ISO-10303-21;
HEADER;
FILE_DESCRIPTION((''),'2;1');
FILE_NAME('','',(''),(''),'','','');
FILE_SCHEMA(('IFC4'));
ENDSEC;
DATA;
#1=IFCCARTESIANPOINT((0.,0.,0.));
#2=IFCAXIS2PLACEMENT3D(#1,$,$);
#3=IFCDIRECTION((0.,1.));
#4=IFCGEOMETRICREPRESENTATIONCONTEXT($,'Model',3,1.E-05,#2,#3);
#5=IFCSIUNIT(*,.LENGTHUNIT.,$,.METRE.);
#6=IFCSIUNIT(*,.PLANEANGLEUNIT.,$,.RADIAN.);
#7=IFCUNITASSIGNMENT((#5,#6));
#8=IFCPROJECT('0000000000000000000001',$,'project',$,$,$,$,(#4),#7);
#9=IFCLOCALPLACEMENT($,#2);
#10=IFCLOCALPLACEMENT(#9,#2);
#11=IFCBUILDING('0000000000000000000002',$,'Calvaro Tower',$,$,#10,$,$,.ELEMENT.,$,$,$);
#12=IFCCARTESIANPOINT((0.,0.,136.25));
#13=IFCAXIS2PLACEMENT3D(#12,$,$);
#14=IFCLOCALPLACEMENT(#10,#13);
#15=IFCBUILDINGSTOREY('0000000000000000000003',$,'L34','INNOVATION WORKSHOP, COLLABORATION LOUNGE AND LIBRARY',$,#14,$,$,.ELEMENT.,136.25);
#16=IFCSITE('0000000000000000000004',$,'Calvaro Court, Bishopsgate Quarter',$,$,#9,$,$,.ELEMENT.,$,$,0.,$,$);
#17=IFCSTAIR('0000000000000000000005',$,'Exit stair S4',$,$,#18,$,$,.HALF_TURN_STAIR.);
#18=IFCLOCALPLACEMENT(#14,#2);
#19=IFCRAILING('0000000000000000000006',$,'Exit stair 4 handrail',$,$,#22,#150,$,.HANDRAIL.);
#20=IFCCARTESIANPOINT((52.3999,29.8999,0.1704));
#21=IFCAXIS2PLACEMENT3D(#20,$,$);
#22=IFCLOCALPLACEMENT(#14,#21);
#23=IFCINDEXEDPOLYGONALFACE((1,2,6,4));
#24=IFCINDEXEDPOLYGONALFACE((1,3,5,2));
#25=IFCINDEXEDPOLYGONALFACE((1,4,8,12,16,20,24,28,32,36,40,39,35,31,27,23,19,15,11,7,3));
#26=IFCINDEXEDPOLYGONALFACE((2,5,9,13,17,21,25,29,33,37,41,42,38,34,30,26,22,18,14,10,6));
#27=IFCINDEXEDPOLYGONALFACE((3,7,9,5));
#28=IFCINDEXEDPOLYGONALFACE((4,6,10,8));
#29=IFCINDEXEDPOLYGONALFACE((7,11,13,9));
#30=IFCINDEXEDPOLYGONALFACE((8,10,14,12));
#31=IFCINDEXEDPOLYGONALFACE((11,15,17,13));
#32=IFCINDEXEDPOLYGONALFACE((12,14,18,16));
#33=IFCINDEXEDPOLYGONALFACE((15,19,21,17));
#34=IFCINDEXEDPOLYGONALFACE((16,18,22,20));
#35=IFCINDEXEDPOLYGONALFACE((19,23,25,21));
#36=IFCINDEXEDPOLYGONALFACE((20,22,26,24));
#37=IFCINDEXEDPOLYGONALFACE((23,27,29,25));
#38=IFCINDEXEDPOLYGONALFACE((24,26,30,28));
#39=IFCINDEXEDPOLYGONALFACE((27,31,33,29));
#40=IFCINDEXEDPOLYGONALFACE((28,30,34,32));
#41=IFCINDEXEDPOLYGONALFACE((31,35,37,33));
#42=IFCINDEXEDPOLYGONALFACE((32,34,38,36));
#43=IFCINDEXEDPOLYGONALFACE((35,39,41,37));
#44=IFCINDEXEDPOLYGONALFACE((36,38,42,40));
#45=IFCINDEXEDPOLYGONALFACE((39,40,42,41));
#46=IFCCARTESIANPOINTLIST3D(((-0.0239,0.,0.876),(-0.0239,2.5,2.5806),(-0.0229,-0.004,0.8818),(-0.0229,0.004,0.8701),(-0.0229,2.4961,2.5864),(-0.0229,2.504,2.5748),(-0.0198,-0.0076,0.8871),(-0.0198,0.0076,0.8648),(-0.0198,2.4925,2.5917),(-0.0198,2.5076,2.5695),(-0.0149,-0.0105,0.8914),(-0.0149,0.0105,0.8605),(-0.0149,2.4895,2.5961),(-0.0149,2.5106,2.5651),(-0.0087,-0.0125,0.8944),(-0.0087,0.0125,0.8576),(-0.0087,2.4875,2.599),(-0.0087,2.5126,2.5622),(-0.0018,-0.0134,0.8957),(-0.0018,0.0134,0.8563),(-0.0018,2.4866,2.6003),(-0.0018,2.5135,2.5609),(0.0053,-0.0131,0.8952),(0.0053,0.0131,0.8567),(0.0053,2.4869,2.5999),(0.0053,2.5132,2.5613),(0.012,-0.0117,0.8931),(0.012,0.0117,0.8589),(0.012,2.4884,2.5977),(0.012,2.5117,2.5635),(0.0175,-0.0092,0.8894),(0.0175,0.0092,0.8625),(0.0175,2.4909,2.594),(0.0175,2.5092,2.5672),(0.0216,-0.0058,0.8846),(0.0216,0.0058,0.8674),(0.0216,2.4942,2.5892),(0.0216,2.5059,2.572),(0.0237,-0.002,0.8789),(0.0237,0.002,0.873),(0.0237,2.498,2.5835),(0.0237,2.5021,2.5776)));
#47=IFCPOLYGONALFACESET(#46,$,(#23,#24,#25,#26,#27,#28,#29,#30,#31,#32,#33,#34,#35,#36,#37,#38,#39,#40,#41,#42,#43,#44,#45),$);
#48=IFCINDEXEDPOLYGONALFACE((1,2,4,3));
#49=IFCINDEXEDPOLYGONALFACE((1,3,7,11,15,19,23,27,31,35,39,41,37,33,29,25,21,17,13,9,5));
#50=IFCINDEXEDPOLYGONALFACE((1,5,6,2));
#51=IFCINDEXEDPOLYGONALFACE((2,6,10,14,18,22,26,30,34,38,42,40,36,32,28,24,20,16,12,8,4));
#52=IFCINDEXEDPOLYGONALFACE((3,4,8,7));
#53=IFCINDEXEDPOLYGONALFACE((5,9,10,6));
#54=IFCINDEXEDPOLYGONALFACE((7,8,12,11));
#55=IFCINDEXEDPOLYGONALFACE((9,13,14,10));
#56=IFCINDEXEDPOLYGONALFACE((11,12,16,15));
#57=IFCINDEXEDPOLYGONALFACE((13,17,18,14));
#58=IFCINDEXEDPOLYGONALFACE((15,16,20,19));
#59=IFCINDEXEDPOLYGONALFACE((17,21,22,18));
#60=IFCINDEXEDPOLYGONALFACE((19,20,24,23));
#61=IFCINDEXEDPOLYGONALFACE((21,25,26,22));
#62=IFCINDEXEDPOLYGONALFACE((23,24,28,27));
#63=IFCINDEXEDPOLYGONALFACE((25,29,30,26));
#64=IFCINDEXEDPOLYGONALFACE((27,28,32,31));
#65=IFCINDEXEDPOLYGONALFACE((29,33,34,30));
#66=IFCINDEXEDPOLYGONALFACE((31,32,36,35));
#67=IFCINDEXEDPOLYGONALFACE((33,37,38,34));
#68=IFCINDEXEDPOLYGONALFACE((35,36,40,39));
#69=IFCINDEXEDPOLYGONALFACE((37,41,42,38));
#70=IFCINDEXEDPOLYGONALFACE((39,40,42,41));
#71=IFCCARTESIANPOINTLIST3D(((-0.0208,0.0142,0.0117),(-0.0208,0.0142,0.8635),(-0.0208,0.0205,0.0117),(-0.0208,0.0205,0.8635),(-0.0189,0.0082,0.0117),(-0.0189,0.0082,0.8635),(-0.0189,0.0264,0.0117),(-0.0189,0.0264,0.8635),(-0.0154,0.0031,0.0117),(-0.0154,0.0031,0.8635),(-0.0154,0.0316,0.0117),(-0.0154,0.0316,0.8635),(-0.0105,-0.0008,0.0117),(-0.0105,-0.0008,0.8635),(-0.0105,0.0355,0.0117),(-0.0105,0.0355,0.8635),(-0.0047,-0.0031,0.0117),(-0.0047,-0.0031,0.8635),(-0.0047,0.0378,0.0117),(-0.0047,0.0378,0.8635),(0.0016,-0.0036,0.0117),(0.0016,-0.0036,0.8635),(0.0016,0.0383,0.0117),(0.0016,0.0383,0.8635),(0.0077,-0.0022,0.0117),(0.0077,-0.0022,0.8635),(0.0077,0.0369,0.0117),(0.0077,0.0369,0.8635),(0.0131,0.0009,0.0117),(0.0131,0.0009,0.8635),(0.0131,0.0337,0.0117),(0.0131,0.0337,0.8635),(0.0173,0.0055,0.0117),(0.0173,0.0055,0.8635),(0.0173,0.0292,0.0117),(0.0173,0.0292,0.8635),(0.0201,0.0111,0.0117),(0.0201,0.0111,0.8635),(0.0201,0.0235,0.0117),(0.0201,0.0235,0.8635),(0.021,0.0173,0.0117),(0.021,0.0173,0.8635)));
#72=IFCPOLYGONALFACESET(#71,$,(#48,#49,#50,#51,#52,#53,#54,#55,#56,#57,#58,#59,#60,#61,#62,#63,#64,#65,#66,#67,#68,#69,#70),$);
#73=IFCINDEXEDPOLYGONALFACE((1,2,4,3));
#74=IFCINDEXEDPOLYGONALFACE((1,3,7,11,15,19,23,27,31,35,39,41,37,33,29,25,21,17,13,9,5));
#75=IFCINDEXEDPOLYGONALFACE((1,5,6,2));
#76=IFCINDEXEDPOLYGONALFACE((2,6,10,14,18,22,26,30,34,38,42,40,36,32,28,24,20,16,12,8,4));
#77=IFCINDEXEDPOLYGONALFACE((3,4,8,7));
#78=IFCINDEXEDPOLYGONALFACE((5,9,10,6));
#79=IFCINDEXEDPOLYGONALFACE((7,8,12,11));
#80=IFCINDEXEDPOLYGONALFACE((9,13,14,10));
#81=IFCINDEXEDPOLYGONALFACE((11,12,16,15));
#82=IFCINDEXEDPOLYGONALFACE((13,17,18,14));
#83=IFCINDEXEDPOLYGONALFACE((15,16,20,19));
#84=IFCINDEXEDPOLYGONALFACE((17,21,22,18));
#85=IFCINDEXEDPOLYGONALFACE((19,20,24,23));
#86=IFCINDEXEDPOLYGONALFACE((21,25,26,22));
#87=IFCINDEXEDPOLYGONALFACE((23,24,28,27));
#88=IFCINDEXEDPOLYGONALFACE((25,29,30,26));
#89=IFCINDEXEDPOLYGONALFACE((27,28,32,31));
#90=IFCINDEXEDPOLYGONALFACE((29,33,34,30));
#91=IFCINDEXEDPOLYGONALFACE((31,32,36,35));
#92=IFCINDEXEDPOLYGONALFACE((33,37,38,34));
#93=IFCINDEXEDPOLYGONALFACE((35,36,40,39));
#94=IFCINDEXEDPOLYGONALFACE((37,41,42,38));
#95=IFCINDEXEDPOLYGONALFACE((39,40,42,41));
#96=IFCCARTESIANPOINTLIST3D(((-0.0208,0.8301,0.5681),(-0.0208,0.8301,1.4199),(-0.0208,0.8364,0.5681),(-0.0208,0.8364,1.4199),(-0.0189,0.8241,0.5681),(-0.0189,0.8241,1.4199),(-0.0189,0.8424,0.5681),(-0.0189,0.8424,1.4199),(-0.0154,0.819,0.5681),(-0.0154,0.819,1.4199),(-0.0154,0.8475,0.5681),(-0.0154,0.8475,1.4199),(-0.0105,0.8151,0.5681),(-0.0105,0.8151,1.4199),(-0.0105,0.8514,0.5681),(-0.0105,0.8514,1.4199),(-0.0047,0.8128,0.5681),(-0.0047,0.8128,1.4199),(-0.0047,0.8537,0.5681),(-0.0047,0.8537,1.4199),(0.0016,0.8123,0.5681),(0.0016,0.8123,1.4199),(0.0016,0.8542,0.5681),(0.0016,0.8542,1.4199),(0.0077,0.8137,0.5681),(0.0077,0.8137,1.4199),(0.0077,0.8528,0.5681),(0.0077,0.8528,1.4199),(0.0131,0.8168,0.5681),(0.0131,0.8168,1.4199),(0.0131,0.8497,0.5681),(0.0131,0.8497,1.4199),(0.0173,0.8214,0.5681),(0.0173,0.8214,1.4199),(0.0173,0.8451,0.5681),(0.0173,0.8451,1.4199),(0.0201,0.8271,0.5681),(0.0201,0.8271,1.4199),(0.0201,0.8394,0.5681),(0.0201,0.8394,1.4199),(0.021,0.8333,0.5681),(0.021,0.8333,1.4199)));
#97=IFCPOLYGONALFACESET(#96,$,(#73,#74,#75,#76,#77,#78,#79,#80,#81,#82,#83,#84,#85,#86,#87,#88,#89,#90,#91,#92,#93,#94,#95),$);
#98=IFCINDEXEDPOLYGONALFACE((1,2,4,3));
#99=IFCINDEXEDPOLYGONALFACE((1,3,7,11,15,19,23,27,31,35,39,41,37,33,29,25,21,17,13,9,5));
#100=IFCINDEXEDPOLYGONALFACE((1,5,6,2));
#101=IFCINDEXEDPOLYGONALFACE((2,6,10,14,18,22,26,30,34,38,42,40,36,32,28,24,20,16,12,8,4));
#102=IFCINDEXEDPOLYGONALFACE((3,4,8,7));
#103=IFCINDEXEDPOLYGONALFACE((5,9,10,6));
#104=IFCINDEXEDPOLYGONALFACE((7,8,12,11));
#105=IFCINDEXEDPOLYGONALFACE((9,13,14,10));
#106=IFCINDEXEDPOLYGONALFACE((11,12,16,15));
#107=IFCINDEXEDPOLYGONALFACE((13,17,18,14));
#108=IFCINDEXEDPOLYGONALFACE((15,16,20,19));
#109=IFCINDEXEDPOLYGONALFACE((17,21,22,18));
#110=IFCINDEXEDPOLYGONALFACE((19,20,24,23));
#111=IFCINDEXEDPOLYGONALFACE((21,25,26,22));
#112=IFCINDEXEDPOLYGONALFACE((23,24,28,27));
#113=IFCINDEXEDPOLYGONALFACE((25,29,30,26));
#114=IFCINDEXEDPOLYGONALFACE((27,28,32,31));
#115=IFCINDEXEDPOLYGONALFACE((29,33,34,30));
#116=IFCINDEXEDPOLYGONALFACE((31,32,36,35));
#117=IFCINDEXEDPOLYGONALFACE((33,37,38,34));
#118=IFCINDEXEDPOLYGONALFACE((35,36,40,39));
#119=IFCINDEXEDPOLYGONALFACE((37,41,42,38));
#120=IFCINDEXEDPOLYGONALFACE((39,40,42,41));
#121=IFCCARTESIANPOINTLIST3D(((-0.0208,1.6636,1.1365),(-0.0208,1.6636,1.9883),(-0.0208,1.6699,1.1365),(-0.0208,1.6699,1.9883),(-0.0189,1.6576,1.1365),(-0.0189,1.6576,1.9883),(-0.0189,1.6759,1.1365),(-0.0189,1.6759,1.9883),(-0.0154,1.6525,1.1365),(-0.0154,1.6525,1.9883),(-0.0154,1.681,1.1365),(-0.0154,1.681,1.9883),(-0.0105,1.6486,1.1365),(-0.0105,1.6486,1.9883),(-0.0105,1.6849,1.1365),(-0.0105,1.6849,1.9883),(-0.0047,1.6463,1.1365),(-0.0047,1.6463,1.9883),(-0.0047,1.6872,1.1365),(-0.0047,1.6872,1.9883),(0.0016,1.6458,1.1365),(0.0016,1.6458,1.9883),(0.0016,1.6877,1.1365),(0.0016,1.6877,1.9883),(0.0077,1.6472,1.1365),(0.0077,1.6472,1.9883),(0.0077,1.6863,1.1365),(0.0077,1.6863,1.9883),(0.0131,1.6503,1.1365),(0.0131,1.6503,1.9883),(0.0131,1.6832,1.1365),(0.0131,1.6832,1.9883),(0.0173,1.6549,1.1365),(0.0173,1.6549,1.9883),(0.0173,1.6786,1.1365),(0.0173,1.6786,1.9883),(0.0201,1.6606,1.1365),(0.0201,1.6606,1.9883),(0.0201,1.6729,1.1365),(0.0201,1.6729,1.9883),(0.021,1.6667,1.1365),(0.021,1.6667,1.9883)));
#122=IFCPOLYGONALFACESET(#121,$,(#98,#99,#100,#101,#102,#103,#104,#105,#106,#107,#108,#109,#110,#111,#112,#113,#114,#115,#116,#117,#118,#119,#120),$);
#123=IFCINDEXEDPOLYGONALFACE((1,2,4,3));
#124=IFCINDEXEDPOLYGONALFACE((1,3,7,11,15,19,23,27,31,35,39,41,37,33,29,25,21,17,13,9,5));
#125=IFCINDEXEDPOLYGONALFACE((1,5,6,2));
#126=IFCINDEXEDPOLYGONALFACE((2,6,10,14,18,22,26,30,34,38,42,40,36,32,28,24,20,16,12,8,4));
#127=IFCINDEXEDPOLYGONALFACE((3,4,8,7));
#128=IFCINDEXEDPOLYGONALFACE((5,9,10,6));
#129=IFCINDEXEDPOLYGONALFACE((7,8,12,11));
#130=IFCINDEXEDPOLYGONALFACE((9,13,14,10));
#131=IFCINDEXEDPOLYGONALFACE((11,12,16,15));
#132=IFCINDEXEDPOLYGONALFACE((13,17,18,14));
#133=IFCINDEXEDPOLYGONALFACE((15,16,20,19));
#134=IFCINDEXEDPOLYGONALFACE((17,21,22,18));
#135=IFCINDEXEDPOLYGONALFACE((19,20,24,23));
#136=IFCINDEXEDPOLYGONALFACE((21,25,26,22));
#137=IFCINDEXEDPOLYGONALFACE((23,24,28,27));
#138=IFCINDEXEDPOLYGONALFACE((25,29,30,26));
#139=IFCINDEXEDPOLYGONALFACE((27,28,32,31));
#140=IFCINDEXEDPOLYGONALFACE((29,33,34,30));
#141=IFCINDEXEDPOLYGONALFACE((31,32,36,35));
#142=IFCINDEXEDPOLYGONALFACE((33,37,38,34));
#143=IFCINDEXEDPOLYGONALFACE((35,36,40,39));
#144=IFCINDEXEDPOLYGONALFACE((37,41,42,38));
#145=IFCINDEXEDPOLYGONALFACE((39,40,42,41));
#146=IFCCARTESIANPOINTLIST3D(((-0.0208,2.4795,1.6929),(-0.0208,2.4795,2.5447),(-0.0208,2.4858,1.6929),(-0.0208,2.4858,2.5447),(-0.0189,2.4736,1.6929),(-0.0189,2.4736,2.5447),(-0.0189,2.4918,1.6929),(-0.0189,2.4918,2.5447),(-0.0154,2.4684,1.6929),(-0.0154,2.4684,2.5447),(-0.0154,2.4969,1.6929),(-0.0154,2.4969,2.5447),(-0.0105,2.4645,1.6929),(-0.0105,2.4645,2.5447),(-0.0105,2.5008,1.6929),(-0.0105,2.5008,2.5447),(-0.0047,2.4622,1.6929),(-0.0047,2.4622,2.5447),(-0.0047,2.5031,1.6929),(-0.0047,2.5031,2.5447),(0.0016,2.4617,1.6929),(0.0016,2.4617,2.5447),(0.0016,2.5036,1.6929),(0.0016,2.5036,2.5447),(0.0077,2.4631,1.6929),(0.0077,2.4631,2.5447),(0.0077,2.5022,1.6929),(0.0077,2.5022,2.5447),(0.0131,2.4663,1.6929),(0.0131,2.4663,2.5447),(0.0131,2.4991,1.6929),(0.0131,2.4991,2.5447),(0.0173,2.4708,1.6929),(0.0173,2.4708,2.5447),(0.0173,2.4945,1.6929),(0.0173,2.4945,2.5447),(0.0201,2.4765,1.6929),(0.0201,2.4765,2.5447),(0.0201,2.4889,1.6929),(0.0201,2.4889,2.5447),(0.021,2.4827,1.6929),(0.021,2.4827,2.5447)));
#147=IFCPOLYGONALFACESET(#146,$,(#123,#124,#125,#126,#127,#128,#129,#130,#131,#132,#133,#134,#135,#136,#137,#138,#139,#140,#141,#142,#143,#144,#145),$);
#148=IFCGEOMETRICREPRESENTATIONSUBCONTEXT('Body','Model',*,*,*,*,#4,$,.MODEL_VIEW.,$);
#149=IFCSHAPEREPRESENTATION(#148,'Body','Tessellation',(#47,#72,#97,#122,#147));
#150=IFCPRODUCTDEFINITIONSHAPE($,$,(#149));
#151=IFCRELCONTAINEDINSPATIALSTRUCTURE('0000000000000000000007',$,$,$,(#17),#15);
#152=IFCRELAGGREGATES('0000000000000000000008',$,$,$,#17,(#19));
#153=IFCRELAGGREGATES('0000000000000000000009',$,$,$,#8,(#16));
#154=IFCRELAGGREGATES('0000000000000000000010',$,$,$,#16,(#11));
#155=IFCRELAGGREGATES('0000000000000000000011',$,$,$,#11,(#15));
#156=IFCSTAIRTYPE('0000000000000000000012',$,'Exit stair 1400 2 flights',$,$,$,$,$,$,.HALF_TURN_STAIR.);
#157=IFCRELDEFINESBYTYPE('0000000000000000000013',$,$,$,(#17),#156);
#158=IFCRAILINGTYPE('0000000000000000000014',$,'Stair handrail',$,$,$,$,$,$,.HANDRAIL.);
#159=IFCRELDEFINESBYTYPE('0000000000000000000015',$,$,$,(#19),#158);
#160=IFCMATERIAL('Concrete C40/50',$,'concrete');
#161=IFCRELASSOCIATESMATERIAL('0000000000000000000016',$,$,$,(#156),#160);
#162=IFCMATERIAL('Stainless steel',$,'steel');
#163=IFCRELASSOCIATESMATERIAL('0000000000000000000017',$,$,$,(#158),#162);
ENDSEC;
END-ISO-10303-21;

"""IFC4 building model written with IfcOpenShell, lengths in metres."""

from ifc_helpers import new_model, si_unit, direction, frame, origin, origin_2d, place, context, subcontext, project, spatial, circle, extrude, material, type_object, element, aggregate, save


model = new_model("IFC4")

# Units and contexts
model_context = context("Model", 3, precision=1e-05, world=origin(), true_north=direction((0.0, 1.0)))
body_context = subcontext(model_context, "Body", "Model", "MODEL_VIEW")
ifc_project = project(units=[si_unit("LENGTHUNIT", "METRE"), si_unit("PLANEANGLEUNIT", "RADIAN")], contexts=[model_context])

# Site, building, storey
site_placement = place(None, origin())
site = spatial("IfcSite", under=ifc_project, at=site_placement, Name="Calvaro Court, Bishopsgate Quarter", CompositionType="ELEMENT", RefElevation=0.0)
building_placement = place(site_placement, origin())
building = spatial("IfcBuilding", under=site, at=building_placement, Name="Calvaro Tower", CompositionType="ELEMENT")
storey_placement = place(building_placement, frame((0.0, 0.0, 136.25)))
storey = spatial("IfcBuildingStorey", under=building, at=storey_placement, Name="L34", Description="INNOVATION WORKSHOP, COLLABORATION LOUNGE AND LIBRARY", CompositionType="ELEMENT", Elevation=136.25)

# Shared definitions
ifc_material_1 = material(Name="Concrete C40/50", Category="concrete")
stair_type = type_object("IfcStairType", Name="Exit stair 1400 2 flights", PredefinedType="HALF_TURN_STAIR", material=ifc_material_1)

# Stair, railing
stair_1_placement = place(storey_placement, origin())
stair_1 = element("IfcStair", 1, at=stair_1_placement, inside=storey, type_object=stair_type, Name="Exit stair S4", PredefinedType="HALF_TURN_STAIR")
ifc_material_2 = material(Name="Stainless steel", Category="steel")
railing_type = type_object("IfcRailingType", Name="Stair handrail", PredefinedType="HANDRAIL", material=ifc_material_2)
railing_1_placement = place(storey_placement, frame((52.3999, 29.8999, 0.1704)))
railing_1 = element("IfcRailing", 2, at=railing_1_placement, type_object=railing_type, Name="Exit stair 4 handrail", PredefinedType="HANDRAIL", context=body_context, shape_type="SweptSolid", body=[
    extrude(circle(Radius=0.0239, at=origin_2d()), frame((0.0, 0.0, 0.876), z_axis=(0.0, 0.826221, 0.563347), x_axis=(-1.0, 0.0, 0.0)), (0.0, 0.0, 1.0), 3.0259),
    extrude(circle(Radius=0.021, at=origin_2d()), frame((0.0, 0.0173, 0.0117)), (0.0, 0.0, 1.0), 0.8518),
    extrude(circle(Radius=0.021, at=origin_2d()), frame((0.0, 0.8333, 0.5681)), (0.0, 0.0, 1.0), 0.8518),
    extrude(circle(Radius=0.021, at=origin_2d()), frame((0.0, 1.6667, 1.1365)), (0.0, 0.0, 1.0), 0.8518),
    extrude(circle(Radius=0.021, at=origin_2d()), frame((0.0, 2.4827, 1.6929)), (0.0, 0.0, 1.0), 0.8518),
])
aggregate(stair_1, [railing_1])

save(model, "model.ifc")
